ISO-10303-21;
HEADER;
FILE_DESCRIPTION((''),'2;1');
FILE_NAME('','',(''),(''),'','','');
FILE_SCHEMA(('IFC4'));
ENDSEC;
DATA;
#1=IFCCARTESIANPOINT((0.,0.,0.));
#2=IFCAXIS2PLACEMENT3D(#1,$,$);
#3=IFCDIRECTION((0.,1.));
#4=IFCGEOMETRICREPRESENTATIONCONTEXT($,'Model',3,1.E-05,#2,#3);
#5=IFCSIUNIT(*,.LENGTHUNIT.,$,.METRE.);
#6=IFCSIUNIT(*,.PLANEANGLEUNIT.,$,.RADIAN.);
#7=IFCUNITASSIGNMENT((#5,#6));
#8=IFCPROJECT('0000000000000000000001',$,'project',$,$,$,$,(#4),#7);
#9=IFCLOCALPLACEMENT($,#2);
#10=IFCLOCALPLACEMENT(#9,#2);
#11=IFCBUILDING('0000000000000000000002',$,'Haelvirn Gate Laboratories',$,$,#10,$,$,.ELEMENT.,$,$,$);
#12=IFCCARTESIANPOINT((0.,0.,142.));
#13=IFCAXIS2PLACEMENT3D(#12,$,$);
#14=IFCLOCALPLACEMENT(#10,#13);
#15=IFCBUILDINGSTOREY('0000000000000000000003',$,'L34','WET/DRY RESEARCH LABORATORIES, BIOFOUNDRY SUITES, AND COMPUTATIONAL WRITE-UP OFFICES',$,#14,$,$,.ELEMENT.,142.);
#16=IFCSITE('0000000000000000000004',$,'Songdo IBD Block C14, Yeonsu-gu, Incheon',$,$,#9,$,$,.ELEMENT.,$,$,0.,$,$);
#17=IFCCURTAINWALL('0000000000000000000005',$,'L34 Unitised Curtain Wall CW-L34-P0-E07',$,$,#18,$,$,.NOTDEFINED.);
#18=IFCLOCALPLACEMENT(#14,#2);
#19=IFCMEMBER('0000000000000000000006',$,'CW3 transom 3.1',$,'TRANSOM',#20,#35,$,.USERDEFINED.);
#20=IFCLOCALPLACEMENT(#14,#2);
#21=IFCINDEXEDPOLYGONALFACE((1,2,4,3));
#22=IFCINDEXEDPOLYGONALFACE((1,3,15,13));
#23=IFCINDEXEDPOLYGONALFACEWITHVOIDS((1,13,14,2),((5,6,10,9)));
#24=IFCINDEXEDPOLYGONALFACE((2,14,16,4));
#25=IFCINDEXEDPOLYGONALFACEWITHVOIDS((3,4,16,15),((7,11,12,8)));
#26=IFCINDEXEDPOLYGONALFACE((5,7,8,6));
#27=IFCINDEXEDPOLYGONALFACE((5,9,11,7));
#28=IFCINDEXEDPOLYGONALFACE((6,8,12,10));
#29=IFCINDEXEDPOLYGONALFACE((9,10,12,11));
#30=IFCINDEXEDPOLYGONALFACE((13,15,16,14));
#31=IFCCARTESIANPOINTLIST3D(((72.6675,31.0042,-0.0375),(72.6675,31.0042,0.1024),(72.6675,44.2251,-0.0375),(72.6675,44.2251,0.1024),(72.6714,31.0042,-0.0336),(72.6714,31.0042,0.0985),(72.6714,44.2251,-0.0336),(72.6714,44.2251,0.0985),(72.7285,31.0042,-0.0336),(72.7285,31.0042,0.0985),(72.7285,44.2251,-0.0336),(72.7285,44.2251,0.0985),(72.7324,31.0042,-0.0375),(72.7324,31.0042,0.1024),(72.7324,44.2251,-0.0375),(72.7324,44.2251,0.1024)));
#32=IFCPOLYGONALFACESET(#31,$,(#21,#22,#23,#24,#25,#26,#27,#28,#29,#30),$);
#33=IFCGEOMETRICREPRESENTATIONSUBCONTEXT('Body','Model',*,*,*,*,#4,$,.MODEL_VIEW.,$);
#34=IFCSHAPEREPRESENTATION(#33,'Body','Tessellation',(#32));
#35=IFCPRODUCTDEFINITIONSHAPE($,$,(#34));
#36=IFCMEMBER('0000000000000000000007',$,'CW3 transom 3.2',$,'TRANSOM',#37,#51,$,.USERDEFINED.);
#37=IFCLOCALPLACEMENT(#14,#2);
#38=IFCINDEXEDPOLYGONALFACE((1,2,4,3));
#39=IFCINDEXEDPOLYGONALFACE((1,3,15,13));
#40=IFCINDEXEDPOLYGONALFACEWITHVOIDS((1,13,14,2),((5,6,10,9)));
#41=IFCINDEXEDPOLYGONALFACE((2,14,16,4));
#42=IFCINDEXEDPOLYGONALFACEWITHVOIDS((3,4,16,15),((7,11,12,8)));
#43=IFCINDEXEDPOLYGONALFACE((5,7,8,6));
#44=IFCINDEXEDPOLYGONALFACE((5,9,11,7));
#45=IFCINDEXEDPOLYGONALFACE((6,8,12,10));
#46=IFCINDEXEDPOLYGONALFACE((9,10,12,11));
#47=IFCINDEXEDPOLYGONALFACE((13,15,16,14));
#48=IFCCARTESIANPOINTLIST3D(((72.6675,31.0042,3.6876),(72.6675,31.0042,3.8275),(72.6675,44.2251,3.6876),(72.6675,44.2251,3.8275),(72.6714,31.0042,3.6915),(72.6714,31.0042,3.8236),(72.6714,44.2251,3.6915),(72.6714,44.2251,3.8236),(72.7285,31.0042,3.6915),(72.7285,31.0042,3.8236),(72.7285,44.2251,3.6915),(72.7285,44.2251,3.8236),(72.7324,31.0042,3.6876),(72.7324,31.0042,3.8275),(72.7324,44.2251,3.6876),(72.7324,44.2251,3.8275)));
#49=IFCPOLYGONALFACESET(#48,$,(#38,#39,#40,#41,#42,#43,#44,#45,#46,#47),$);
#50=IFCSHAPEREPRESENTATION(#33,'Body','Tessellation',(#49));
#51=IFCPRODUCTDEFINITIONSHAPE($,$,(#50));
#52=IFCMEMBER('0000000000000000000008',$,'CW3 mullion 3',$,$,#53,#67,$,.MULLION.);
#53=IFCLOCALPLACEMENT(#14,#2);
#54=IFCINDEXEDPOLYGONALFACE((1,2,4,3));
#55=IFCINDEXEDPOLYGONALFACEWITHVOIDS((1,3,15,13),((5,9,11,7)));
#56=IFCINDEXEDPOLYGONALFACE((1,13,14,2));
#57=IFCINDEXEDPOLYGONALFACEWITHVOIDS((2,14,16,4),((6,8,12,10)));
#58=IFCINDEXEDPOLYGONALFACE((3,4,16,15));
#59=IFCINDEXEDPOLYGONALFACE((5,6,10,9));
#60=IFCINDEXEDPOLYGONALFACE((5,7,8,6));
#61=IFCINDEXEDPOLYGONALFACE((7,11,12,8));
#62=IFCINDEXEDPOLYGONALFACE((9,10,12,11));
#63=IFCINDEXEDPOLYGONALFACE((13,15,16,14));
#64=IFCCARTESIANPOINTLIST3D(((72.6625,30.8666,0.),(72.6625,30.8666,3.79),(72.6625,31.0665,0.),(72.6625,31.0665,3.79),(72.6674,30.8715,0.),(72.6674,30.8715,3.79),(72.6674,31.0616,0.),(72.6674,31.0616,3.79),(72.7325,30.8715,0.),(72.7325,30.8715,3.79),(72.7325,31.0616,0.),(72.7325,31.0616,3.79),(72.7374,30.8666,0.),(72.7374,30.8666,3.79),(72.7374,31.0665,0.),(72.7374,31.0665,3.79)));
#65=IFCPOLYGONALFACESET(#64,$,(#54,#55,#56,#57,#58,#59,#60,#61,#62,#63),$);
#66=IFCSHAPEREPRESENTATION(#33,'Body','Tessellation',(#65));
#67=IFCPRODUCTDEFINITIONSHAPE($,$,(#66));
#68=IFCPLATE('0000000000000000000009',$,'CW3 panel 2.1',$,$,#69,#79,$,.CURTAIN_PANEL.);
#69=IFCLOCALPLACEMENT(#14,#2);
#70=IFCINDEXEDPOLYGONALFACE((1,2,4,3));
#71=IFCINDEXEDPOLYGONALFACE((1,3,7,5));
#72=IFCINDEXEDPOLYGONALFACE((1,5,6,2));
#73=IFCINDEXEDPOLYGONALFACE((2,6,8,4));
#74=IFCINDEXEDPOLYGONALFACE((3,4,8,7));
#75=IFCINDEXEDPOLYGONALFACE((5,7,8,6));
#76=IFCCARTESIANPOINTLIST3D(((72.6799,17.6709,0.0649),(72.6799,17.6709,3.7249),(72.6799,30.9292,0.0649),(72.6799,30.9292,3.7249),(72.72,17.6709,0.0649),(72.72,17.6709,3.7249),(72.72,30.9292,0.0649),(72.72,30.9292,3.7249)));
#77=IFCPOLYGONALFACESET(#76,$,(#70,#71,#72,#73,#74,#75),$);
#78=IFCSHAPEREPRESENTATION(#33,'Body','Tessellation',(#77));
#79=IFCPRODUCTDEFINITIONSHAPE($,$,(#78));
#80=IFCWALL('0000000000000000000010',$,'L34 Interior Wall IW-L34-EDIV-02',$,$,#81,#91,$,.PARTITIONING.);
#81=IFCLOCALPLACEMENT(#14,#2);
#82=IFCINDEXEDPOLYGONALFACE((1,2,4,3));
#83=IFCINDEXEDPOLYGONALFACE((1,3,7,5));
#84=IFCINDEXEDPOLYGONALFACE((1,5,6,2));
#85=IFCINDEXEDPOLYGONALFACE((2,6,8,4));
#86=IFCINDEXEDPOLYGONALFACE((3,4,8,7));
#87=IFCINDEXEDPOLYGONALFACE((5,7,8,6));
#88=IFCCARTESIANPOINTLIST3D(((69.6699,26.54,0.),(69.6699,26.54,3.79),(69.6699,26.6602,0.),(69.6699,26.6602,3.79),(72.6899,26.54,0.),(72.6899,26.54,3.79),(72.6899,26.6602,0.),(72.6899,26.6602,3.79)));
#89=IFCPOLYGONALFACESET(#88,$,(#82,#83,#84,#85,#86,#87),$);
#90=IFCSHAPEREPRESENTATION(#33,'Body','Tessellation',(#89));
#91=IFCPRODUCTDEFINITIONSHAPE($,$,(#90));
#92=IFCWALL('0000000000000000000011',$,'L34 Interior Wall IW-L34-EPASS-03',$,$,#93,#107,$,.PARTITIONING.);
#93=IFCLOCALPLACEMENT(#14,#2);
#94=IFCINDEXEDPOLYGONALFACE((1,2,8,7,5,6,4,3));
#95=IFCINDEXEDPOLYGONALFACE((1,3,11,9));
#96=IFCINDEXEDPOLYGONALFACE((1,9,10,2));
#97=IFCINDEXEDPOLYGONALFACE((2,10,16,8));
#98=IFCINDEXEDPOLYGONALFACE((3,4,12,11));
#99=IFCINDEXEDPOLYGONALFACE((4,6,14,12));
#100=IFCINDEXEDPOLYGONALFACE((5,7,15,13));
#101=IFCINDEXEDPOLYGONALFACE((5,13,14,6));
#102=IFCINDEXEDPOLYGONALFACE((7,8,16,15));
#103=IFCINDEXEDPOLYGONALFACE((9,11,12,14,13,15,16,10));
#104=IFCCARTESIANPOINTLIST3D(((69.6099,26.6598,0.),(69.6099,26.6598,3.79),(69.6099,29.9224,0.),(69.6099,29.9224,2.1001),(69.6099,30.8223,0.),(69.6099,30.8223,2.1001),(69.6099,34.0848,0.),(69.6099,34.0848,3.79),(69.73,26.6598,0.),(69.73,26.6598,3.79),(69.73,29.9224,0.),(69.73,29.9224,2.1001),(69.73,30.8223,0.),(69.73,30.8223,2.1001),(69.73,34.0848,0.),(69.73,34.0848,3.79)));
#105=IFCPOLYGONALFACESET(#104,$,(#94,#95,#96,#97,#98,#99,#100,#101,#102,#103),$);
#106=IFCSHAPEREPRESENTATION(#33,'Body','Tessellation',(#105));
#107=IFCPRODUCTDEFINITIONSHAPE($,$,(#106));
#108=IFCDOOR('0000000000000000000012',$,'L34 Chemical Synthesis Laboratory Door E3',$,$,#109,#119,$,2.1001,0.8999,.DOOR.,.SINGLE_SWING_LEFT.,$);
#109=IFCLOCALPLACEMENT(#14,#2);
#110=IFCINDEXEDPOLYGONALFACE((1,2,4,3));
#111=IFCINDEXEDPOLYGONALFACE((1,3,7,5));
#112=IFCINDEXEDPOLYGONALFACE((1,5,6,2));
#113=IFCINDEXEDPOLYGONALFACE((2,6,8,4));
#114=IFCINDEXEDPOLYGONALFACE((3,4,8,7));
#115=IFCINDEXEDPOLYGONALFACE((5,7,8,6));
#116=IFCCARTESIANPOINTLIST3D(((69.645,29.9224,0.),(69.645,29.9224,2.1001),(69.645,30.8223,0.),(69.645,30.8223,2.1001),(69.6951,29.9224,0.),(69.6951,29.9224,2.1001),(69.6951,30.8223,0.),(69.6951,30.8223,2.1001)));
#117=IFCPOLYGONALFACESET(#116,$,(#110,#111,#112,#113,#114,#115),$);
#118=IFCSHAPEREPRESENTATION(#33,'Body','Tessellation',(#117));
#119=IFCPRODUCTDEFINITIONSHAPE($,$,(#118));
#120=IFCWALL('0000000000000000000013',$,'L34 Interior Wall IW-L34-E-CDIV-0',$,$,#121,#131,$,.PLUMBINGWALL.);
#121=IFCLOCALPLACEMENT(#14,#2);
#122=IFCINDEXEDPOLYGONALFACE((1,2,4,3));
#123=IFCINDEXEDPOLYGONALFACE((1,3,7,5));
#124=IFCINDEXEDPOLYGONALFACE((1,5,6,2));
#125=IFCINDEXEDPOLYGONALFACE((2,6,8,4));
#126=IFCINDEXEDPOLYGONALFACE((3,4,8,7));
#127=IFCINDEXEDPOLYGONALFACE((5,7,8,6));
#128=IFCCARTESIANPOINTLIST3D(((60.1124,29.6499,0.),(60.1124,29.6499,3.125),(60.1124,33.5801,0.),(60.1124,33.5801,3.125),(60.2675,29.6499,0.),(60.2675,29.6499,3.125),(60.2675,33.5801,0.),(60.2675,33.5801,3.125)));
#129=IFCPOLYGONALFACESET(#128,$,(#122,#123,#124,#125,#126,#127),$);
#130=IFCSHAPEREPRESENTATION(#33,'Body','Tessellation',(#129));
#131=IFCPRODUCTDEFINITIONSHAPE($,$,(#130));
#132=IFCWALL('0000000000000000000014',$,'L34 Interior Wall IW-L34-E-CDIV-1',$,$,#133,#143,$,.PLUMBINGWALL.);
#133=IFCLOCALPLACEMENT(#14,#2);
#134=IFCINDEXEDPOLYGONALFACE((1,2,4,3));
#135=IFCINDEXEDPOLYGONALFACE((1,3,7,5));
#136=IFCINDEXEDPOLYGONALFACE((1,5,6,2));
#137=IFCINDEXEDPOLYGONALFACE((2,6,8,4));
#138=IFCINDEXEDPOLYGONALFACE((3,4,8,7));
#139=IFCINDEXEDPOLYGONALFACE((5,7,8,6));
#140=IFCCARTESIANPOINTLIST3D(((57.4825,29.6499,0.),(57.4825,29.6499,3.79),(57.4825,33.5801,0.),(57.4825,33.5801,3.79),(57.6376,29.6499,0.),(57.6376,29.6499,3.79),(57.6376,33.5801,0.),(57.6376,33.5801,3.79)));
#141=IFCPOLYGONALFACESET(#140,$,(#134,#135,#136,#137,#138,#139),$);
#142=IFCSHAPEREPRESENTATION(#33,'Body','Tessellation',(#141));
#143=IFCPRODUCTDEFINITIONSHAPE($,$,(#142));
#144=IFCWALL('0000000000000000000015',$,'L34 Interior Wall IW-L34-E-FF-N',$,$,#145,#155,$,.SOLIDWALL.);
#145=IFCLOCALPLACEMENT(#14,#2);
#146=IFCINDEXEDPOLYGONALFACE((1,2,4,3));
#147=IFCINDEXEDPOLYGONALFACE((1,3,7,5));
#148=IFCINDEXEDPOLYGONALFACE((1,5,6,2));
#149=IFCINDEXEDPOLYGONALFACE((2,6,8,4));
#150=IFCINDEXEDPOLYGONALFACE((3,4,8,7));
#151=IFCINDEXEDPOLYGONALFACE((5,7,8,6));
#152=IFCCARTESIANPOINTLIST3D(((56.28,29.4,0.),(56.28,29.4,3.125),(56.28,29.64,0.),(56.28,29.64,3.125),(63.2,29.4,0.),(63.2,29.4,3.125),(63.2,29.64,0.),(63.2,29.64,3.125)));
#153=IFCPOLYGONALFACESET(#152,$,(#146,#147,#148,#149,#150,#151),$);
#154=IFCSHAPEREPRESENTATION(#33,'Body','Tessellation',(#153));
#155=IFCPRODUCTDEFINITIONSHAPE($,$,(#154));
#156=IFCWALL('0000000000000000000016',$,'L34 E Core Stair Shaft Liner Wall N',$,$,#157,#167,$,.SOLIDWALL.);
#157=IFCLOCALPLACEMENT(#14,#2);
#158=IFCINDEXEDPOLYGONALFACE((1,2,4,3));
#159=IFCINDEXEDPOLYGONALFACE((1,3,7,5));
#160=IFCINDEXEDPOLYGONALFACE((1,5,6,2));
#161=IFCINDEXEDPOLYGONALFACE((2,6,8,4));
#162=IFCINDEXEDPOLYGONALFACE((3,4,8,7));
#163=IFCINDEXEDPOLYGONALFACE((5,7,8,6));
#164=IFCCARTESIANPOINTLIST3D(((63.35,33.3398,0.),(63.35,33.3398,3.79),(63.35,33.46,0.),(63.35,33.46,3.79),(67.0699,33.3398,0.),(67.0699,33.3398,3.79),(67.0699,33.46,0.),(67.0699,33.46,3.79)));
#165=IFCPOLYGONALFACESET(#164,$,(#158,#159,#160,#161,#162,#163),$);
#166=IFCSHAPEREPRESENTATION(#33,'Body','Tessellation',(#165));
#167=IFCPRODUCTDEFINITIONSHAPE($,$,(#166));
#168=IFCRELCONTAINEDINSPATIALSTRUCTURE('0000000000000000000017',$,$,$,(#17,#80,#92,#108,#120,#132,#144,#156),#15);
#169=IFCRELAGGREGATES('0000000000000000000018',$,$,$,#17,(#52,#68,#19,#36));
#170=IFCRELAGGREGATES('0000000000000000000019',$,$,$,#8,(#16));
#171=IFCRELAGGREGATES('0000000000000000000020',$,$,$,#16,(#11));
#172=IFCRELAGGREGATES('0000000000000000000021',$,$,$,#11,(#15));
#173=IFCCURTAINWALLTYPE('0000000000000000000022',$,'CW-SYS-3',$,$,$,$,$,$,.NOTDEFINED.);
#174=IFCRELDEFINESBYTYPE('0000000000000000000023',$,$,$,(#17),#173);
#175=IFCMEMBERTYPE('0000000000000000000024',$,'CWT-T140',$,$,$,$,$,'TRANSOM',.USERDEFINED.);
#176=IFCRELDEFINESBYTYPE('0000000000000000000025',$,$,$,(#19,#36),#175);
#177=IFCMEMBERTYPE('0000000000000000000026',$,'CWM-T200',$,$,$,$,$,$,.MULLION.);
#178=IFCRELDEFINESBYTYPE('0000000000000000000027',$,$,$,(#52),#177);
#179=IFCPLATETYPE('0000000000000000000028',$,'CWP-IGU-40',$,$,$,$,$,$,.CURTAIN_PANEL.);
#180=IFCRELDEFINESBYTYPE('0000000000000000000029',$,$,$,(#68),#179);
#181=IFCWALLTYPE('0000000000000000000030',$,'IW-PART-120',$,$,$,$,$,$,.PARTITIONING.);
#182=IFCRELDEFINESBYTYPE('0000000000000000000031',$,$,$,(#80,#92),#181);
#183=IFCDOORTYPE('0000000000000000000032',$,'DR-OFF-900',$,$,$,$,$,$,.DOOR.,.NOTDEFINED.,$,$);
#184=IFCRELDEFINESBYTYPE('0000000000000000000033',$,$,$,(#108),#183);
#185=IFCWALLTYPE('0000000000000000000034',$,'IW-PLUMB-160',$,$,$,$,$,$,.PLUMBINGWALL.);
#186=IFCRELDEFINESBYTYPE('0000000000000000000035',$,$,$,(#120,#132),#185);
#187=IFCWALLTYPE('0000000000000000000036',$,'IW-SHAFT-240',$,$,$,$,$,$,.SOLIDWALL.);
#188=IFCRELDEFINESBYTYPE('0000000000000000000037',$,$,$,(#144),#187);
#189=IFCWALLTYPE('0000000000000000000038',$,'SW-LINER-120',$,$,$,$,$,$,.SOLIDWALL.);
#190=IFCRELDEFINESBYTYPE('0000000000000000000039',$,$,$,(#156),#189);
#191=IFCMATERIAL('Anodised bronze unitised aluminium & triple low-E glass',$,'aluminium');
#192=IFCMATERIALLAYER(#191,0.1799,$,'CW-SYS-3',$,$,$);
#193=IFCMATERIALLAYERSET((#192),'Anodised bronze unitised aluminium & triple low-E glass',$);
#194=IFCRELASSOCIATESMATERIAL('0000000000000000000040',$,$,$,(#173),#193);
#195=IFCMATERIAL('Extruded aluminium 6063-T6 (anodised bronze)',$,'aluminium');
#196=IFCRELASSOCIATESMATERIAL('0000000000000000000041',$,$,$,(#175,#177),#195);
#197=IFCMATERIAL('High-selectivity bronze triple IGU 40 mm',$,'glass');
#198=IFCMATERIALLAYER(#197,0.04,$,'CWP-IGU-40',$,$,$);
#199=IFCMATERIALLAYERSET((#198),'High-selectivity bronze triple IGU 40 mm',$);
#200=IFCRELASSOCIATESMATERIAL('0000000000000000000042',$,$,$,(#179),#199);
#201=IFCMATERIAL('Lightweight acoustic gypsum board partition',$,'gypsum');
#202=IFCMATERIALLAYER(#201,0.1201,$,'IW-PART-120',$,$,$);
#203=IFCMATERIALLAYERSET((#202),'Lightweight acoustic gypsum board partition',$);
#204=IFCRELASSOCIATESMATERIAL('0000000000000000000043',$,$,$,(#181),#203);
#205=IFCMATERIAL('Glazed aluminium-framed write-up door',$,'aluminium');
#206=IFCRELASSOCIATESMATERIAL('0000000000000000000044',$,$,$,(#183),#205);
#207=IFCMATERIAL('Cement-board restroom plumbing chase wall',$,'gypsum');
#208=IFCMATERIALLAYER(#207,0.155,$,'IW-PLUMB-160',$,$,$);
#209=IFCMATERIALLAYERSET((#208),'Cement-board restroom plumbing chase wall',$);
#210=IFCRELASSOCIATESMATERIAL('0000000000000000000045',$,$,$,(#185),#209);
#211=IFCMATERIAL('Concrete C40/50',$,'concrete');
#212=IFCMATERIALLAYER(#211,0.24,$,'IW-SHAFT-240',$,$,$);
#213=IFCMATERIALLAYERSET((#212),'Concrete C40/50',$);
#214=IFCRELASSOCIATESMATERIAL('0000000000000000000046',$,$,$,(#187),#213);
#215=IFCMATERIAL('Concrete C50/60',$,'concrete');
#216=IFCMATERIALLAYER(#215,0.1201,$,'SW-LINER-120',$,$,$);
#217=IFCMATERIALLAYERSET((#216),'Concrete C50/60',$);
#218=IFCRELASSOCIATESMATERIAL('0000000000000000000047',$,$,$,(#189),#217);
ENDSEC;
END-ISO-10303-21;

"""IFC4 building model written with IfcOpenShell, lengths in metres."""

from ifc_helpers import new_model, si_unit, direction, frame, frame_2d, origin, origin_2d, place, context, subcontext, project, spatial, rectangle, hollow_rectangle, extrude, source, transform, mapped, material, layer, layer_set, material_profile, profile_set, type_object, type_shapes, element, fill, aggregate, save


model = new_model("IFC4")

# Units and contexts
model_context = context("Model", 3, precision=1e-05, world=origin(), true_north=direction((0.0, 1.0)))
body_context = subcontext(model_context, "Body", "Model", "MODEL_VIEW")
ifc_project = project(units=[si_unit("LENGTHUNIT", "METRE"), si_unit("PLANEANGLEUNIT", "RADIAN")], contexts=[model_context])

# Site, building, storey
site_placement = place(None, origin())
site = spatial("IfcSite", under=ifc_project, at=site_placement, Name="Songdo IBD Block C14, Yeonsu-gu, Incheon", CompositionType="ELEMENT", RefElevation=0.0)
building_placement = place(site_placement, origin())
building = spatial("IfcBuilding", under=site, at=building_placement, Name="Haelvirn Gate Laboratories", CompositionType="ELEMENT")
storey_placement = place(building_placement, frame((0.0, 0.0, 142.0)))
storey = spatial("IfcBuildingStorey", under=building, at=storey_placement, Name="L34", Description="WET/DRY RESEARCH LABORATORIES, BIOFOUNDRY SUITES, AND COMPUTATIONAL WRITE-UP OFFICES", CompositionType="ELEMENT", Elevation=142.0)

# Curtain wall, members, plate
ifc_material_1 = material(Name="Anodised bronze unitised aluminium & triple low-E glass", Category="aluminium")
ifc_layer_1 = layer(ifc_material_1, 0.1799, Name="CW-SYS-3")
ifc_layer_set_1 = layer_set([ifc_layer_1], Name="Anodised bronze unitised aluminium & triple low-E glass")
curtain_wall_type = type_object("IfcCurtainWallType", Name="CW-SYS-3", PredefinedType="NOTDEFINED", material=ifc_layer_set_1)
curtain_wall_placement = place(storey_placement, origin())
curtain_wall = element("IfcCurtainWall", 1, at=curtain_wall_placement, inside=storey, type_object=curtain_wall_type, Name="L34 Unitised Curtain Wall CW-L34-P0-E07", PredefinedType="NOTDEFINED")
ifc_material_2 = material(Name="Extruded aluminium 6063-T6 (anodised bronze)", Category="aluminium")
ifc_material_profile_1 = material_profile(ifc_material_2, hollow_rectangle(XDim=0.0649, YDim=0.1399, WallThickness=0.0039, at=origin_2d()), Name="CWT-140x65x4")
ifc_profile_set_1 = profile_set([ifc_material_profile_1], Name="Extruded aluminium 6063-T6 (anodised bronze)")
member_type_1 = type_object("IfcMemberType", Name="CWT-T140", ElementType="TRANSOM", PredefinedType="USERDEFINED", material=ifc_profile_set_1)
shared_shape_1 = source(origin(), body_context, "Body", "SweptSolid", [
    extrude(hollow_rectangle(XDim=0.0649, YDim=0.1399, WallThickness=0.0039, at=origin_2d()), origin(), (0.0, 0.0, 1.0), 13.2209),
])
type_shapes(member_type_1, [shared_shape_1])
member_1_placement = place(storey_placement, frame((72.7, 31.0042, 0.0325), z_axis=(0.0, 1.0, 0.0), x_axis=(-1.0, 0.0, 0.0)))
member_1 = element("IfcMember", 2, at=member_1_placement, type_object=member_type_1, Name="CW3 transom 3.1", ObjectType="TRANSOM", PredefinedType="USERDEFINED", context=body_context, shape_type="MappedRepresentation", body=[
    mapped(shared_shape_1, transform((0.0, 0.0, 0.0), scale=1.0)),
])
member_2_placement = place(storey_placement, frame((72.7, 31.0042, 3.7576), z_axis=(0.0, 1.0, 0.0), x_axis=(-1.0, 0.0, 0.0)))
member_2 = element("IfcMember", 3, at=member_2_placement, type_object=member_type_1, Name="CW3 transom 3.2", ObjectType="TRANSOM", PredefinedType="USERDEFINED", context=body_context, shape_type="MappedRepresentation", body=[
    mapped(shared_shape_1, transform((0.0, 0.0, 0.0), scale=1.0)),
])
ifc_material_profile_2 = material_profile(ifc_material_2, hollow_rectangle(XDim=0.075, YDim=0.2, WallThickness=0.0049, at=origin_2d()), Name="CWM-200x75x5")
ifc_profile_set_2 = profile_set([ifc_material_profile_2], Name="Extruded aluminium 6063-T6 (anodised bronze)")
member_type_2 = type_object("IfcMemberType", Name="CWM-T200", PredefinedType="MULLION", material=ifc_profile_set_2)
shared_shape_2 = source(origin(), body_context, "Body", "SweptSolid", [
    extrude(hollow_rectangle(XDim=0.075, YDim=0.2, WallThickness=0.0049, at=origin_2d()), origin(), (0.0, 0.0, 1.0), 3.79),
])
type_shapes(member_type_2, [shared_shape_2])
member_3_placement = place(storey_placement, frame((72.7, 30.9666, 0.0), z_axis=(0.0, 0.0, 1.0), x_axis=(-1.0, 0.0, 0.0)))
member_3 = element("IfcMember", 4, at=member_3_placement, type_object=member_type_2, Name="CW3 mullion 3", PredefinedType="MULLION", context=body_context, shape_type="MappedRepresentation", body=[
    mapped(shared_shape_2, transform((0.0, 0.0, 0.0), scale=1.0)),
])
ifc_material_3 = material(Name="High-selectivity bronze triple IGU 40 mm", Category="glass")
ifc_layer_2 = layer(ifc_material_3, 0.04, Name="CWP-IGU-40")
ifc_layer_set_2 = layer_set([ifc_layer_2], Name="High-selectivity bronze triple IGU 40 mm")
plate_type = type_object("IfcPlateType", Name="CWP-IGU-40", PredefinedType="CURTAIN_PANEL", material=ifc_layer_set_2)
shared_shape_3 = source(origin(), body_context, "Body", "SweptSolid", [
    extrude(rectangle(XDim=13.2583, YDim=0.04, at=origin_2d()), origin(), (0.0, 0.0, 1.0), 3.6599),
])
type_shapes(plate_type, [shared_shape_3])
plate_placement = place(storey_placement, frame((72.7, 24.3, 0.0649), z_axis=(0.0, 0.0, 1.0), x_axis=(0.0, 1.0, 0.0)))
plate = element("IfcPlate", 5, at=plate_placement, type_object=plate_type, Name="CW3 panel 2.1", PredefinedType="CURTAIN_PANEL", context=body_context, shape_type="MappedRepresentation", body=[
    mapped(shared_shape_3, transform((0.0, 0.0, 0.0), scale=1.0)),
])
aggregate(curtain_wall, [member_3, plate, member_1, member_2])

# Wall
ifc_material_4 = material(Name="Lightweight acoustic gypsum board partition", Category="gypsum")
ifc_layer_3 = layer(ifc_material_4, 0.1201, Name="IW-PART-120")
ifc_layer_set_3 = layer_set([ifc_layer_3], Name="Lightweight acoustic gypsum board partition")
wall_type_1 = type_object("IfcWallType", Name="IW-PART-120", PredefinedType="PARTITIONING", material=ifc_layer_set_3)
wall_1_placement = place(storey_placement, frame((69.6699, 26.6001, 0.0), z_axis=(0.0, 0.0, 1.0), x_axis=(1.0, 0.0, 0.0)))
element("IfcWall", 6, at=wall_1_placement, inside=storey, type_object=wall_type_1, Name="L34 Interior Wall IW-L34-EDIV-02", PredefinedType="PARTITIONING", context=body_context, shape_type="SweptSolid", body=[
    extrude(rectangle(XDim=3.02, YDim=0.1201, at=frame_2d((1.51, 0.0))), origin(), (0.0, 0.0, 1.0), 3.79),
])

# Wall, opening, door
wall_2_placement = place(storey_placement, frame((69.6699, 26.6599, 0.0), z_axis=(0.0, 0.0, 1.0), x_axis=(0.0, 1.0, 0.0)))
wall_2 = element("IfcWall", 7, at=wall_2_placement, inside=storey, type_object=wall_type_1, Name="L34 Interior Wall IW-L34-EPASS-03", PredefinedType="PARTITIONING", context=body_context, shape_type="SweptSolid", body=[
    extrude(rectangle(XDim=7.425, YDim=0.1201, at=frame_2d((3.7124, 0.0))), origin(), (0.0, 0.0, 1.0), 3.79),
])
opening_1_placement = place(wall_2_placement, frame((3.2625, 0.0, 0.0)))
opening_1 = element("IfcOpeningElement", 8, at=opening_1_placement, cuts=wall_2, PredefinedType="OPENING", context=body_context, shape_type="SweptSolid", body=[
    extrude(rectangle(XDim=0.8999, YDim=2.1001, at=frame_2d((0.45, 1.05))), frame((0.0, 0.0701, 0.0), z_axis=(0.0, -1.0, 0.0), x_axis=(1.0, 0.0, 0.0)), (0.0, 0.0, 1.0), 0.1401),
])
ifc_material_5 = material(Name="Glazed aluminium-framed write-up door", Category="aluminium")
door_type_1 = type_object("IfcDoorType", Name="DR-OFF-900", OperationType="NOTDEFINED", PredefinedType="DOOR", material=ifc_material_5)
shared_shape_4 = source(origin(), body_context, "Body", "SweptSolid", [
    extrude(rectangle(XDim=0.8999, YDim=2.1001, at=frame_2d((0.45, 1.05))), frame((0.0, 0.0249, 0.0), z_axis=(0.0, -1.0, 0.0), x_axis=(1.0, 0.0, 0.0)), (0.0, 0.0, 1.0), 0.05),
])
type_shapes(door_type_1, [shared_shape_4])
door_1_placement = place(opening_1_placement, origin())
door_1 = element("IfcDoor", 9, at=door_1_placement, inside=storey, type_object=door_type_1, Name="L34 Chemical Synthesis Laboratory Door E3", OperationType="SINGLE_SWING_LEFT", OverallHeight=2.1001, OverallWidth=0.8999, PredefinedType="DOOR", context=body_context, shape_type="MappedRepresentation", body=[
    mapped(shared_shape_4, transform((0.0, 0.0, 0.0), scale=1.0)),
])
fill(opening_1, door_1)

# Walls
ifc_material_6 = material(Name="Cement-board restroom plumbing chase wall", Category="gypsum")
ifc_layer_4 = layer(ifc_material_6, 0.155, Name="IW-PLUMB-160")
ifc_layer_set_4 = layer_set([ifc_layer_4], Name="Cement-board restroom plumbing chase wall")
wall_type_2 = type_object("IfcWallType", Name="IW-PLUMB-160", PredefinedType="PLUMBINGWALL", material=ifc_layer_set_4)
wall_3_placement = place(storey_placement, frame((60.1899, 29.6499, 0.0), z_axis=(0.0, 0.0, 1.0), x_axis=(0.0, 1.0, 0.0)))
element("IfcWall", 10, at=wall_3_placement, inside=storey, type_object=wall_type_2, Name="L34 Interior Wall IW-L34-E-CDIV-0", PredefinedType="PLUMBINGWALL", context=body_context, shape_type="SweptSolid", body=[
    extrude(rectangle(XDim=3.9302, YDim=0.155, at=frame_2d((1.9651, 0.0))), origin(), (0.0, 0.0, 1.0), 3.125),
])
wall_4_placement = place(storey_placement, frame((57.5601, 29.6499, 0.0), z_axis=(0.0, 0.0, 1.0), x_axis=(0.0, 1.0, 0.0)))
element("IfcWall", 11, at=wall_4_placement, inside=storey, type_object=wall_type_2, Name="L34 Interior Wall IW-L34-E-CDIV-1", PredefinedType="PLUMBINGWALL", context=body_context, shape_type="SweptSolid", body=[
    extrude(rectangle(XDim=3.9302, YDim=0.155, at=frame_2d((1.9651, 0.0))), origin(), (0.0, 0.0, 1.0), 3.79),
])
ifc_material_7 = material(Name="Concrete C40/50", Category="concrete")
ifc_layer_5 = layer(ifc_material_7, 0.24, Name="IW-SHAFT-240")
ifc_layer_set_5 = layer_set([ifc_layer_5], Name="Concrete C40/50")
wall_type_3 = type_object("IfcWallType", Name="IW-SHAFT-240", PredefinedType="SOLIDWALL", material=ifc_layer_set_5)
wall_5_placement = place(storey_placement, frame((56.28, 29.52, 0.0), z_axis=(0.0, 0.0, 1.0), x_axis=(1.0, 0.0, 0.0)))
element("IfcWall", 12, at=wall_5_placement, inside=storey, type_object=wall_type_3, Name="L34 Interior Wall IW-L34-E-FF-N", PredefinedType="SOLIDWALL", context=body_context, shape_type="SweptSolid", body=[
    extrude(rectangle(XDim=6.9199, YDim=0.24, at=frame_2d((3.46, 0.0))), origin(), (0.0, 0.0, 1.0), 3.125),
])
ifc_material_8 = material(Name="Concrete C50/60", Category="concrete")
ifc_layer_6 = layer(ifc_material_8, 0.1201, Name="SW-LINER-120")
ifc_layer_set_6 = layer_set([ifc_layer_6], Name="Concrete C50/60")
wall_type_4 = type_object("IfcWallType", Name="SW-LINER-120", PredefinedType="SOLIDWALL", material=ifc_layer_set_6)
wall_6_placement = place(storey_placement, frame((63.3501, 33.3999, 0.0), z_axis=(0.0, 0.0, 1.0), x_axis=(1.0, 0.0, 0.0)))
element("IfcWall", 13, at=wall_6_placement, inside=storey, type_object=wall_type_4, Name="L34 E Core Stair Shaft Liner Wall N", PredefinedType="SOLIDWALL", context=body_context, shape_type="SweptSolid", body=[
    extrude(rectangle(XDim=3.72, YDim=0.1201, at=frame_2d((1.8599, 0.0))), origin(), (0.0, 0.0, 1.0), 3.79),
])

save(model, "model.ifc")
